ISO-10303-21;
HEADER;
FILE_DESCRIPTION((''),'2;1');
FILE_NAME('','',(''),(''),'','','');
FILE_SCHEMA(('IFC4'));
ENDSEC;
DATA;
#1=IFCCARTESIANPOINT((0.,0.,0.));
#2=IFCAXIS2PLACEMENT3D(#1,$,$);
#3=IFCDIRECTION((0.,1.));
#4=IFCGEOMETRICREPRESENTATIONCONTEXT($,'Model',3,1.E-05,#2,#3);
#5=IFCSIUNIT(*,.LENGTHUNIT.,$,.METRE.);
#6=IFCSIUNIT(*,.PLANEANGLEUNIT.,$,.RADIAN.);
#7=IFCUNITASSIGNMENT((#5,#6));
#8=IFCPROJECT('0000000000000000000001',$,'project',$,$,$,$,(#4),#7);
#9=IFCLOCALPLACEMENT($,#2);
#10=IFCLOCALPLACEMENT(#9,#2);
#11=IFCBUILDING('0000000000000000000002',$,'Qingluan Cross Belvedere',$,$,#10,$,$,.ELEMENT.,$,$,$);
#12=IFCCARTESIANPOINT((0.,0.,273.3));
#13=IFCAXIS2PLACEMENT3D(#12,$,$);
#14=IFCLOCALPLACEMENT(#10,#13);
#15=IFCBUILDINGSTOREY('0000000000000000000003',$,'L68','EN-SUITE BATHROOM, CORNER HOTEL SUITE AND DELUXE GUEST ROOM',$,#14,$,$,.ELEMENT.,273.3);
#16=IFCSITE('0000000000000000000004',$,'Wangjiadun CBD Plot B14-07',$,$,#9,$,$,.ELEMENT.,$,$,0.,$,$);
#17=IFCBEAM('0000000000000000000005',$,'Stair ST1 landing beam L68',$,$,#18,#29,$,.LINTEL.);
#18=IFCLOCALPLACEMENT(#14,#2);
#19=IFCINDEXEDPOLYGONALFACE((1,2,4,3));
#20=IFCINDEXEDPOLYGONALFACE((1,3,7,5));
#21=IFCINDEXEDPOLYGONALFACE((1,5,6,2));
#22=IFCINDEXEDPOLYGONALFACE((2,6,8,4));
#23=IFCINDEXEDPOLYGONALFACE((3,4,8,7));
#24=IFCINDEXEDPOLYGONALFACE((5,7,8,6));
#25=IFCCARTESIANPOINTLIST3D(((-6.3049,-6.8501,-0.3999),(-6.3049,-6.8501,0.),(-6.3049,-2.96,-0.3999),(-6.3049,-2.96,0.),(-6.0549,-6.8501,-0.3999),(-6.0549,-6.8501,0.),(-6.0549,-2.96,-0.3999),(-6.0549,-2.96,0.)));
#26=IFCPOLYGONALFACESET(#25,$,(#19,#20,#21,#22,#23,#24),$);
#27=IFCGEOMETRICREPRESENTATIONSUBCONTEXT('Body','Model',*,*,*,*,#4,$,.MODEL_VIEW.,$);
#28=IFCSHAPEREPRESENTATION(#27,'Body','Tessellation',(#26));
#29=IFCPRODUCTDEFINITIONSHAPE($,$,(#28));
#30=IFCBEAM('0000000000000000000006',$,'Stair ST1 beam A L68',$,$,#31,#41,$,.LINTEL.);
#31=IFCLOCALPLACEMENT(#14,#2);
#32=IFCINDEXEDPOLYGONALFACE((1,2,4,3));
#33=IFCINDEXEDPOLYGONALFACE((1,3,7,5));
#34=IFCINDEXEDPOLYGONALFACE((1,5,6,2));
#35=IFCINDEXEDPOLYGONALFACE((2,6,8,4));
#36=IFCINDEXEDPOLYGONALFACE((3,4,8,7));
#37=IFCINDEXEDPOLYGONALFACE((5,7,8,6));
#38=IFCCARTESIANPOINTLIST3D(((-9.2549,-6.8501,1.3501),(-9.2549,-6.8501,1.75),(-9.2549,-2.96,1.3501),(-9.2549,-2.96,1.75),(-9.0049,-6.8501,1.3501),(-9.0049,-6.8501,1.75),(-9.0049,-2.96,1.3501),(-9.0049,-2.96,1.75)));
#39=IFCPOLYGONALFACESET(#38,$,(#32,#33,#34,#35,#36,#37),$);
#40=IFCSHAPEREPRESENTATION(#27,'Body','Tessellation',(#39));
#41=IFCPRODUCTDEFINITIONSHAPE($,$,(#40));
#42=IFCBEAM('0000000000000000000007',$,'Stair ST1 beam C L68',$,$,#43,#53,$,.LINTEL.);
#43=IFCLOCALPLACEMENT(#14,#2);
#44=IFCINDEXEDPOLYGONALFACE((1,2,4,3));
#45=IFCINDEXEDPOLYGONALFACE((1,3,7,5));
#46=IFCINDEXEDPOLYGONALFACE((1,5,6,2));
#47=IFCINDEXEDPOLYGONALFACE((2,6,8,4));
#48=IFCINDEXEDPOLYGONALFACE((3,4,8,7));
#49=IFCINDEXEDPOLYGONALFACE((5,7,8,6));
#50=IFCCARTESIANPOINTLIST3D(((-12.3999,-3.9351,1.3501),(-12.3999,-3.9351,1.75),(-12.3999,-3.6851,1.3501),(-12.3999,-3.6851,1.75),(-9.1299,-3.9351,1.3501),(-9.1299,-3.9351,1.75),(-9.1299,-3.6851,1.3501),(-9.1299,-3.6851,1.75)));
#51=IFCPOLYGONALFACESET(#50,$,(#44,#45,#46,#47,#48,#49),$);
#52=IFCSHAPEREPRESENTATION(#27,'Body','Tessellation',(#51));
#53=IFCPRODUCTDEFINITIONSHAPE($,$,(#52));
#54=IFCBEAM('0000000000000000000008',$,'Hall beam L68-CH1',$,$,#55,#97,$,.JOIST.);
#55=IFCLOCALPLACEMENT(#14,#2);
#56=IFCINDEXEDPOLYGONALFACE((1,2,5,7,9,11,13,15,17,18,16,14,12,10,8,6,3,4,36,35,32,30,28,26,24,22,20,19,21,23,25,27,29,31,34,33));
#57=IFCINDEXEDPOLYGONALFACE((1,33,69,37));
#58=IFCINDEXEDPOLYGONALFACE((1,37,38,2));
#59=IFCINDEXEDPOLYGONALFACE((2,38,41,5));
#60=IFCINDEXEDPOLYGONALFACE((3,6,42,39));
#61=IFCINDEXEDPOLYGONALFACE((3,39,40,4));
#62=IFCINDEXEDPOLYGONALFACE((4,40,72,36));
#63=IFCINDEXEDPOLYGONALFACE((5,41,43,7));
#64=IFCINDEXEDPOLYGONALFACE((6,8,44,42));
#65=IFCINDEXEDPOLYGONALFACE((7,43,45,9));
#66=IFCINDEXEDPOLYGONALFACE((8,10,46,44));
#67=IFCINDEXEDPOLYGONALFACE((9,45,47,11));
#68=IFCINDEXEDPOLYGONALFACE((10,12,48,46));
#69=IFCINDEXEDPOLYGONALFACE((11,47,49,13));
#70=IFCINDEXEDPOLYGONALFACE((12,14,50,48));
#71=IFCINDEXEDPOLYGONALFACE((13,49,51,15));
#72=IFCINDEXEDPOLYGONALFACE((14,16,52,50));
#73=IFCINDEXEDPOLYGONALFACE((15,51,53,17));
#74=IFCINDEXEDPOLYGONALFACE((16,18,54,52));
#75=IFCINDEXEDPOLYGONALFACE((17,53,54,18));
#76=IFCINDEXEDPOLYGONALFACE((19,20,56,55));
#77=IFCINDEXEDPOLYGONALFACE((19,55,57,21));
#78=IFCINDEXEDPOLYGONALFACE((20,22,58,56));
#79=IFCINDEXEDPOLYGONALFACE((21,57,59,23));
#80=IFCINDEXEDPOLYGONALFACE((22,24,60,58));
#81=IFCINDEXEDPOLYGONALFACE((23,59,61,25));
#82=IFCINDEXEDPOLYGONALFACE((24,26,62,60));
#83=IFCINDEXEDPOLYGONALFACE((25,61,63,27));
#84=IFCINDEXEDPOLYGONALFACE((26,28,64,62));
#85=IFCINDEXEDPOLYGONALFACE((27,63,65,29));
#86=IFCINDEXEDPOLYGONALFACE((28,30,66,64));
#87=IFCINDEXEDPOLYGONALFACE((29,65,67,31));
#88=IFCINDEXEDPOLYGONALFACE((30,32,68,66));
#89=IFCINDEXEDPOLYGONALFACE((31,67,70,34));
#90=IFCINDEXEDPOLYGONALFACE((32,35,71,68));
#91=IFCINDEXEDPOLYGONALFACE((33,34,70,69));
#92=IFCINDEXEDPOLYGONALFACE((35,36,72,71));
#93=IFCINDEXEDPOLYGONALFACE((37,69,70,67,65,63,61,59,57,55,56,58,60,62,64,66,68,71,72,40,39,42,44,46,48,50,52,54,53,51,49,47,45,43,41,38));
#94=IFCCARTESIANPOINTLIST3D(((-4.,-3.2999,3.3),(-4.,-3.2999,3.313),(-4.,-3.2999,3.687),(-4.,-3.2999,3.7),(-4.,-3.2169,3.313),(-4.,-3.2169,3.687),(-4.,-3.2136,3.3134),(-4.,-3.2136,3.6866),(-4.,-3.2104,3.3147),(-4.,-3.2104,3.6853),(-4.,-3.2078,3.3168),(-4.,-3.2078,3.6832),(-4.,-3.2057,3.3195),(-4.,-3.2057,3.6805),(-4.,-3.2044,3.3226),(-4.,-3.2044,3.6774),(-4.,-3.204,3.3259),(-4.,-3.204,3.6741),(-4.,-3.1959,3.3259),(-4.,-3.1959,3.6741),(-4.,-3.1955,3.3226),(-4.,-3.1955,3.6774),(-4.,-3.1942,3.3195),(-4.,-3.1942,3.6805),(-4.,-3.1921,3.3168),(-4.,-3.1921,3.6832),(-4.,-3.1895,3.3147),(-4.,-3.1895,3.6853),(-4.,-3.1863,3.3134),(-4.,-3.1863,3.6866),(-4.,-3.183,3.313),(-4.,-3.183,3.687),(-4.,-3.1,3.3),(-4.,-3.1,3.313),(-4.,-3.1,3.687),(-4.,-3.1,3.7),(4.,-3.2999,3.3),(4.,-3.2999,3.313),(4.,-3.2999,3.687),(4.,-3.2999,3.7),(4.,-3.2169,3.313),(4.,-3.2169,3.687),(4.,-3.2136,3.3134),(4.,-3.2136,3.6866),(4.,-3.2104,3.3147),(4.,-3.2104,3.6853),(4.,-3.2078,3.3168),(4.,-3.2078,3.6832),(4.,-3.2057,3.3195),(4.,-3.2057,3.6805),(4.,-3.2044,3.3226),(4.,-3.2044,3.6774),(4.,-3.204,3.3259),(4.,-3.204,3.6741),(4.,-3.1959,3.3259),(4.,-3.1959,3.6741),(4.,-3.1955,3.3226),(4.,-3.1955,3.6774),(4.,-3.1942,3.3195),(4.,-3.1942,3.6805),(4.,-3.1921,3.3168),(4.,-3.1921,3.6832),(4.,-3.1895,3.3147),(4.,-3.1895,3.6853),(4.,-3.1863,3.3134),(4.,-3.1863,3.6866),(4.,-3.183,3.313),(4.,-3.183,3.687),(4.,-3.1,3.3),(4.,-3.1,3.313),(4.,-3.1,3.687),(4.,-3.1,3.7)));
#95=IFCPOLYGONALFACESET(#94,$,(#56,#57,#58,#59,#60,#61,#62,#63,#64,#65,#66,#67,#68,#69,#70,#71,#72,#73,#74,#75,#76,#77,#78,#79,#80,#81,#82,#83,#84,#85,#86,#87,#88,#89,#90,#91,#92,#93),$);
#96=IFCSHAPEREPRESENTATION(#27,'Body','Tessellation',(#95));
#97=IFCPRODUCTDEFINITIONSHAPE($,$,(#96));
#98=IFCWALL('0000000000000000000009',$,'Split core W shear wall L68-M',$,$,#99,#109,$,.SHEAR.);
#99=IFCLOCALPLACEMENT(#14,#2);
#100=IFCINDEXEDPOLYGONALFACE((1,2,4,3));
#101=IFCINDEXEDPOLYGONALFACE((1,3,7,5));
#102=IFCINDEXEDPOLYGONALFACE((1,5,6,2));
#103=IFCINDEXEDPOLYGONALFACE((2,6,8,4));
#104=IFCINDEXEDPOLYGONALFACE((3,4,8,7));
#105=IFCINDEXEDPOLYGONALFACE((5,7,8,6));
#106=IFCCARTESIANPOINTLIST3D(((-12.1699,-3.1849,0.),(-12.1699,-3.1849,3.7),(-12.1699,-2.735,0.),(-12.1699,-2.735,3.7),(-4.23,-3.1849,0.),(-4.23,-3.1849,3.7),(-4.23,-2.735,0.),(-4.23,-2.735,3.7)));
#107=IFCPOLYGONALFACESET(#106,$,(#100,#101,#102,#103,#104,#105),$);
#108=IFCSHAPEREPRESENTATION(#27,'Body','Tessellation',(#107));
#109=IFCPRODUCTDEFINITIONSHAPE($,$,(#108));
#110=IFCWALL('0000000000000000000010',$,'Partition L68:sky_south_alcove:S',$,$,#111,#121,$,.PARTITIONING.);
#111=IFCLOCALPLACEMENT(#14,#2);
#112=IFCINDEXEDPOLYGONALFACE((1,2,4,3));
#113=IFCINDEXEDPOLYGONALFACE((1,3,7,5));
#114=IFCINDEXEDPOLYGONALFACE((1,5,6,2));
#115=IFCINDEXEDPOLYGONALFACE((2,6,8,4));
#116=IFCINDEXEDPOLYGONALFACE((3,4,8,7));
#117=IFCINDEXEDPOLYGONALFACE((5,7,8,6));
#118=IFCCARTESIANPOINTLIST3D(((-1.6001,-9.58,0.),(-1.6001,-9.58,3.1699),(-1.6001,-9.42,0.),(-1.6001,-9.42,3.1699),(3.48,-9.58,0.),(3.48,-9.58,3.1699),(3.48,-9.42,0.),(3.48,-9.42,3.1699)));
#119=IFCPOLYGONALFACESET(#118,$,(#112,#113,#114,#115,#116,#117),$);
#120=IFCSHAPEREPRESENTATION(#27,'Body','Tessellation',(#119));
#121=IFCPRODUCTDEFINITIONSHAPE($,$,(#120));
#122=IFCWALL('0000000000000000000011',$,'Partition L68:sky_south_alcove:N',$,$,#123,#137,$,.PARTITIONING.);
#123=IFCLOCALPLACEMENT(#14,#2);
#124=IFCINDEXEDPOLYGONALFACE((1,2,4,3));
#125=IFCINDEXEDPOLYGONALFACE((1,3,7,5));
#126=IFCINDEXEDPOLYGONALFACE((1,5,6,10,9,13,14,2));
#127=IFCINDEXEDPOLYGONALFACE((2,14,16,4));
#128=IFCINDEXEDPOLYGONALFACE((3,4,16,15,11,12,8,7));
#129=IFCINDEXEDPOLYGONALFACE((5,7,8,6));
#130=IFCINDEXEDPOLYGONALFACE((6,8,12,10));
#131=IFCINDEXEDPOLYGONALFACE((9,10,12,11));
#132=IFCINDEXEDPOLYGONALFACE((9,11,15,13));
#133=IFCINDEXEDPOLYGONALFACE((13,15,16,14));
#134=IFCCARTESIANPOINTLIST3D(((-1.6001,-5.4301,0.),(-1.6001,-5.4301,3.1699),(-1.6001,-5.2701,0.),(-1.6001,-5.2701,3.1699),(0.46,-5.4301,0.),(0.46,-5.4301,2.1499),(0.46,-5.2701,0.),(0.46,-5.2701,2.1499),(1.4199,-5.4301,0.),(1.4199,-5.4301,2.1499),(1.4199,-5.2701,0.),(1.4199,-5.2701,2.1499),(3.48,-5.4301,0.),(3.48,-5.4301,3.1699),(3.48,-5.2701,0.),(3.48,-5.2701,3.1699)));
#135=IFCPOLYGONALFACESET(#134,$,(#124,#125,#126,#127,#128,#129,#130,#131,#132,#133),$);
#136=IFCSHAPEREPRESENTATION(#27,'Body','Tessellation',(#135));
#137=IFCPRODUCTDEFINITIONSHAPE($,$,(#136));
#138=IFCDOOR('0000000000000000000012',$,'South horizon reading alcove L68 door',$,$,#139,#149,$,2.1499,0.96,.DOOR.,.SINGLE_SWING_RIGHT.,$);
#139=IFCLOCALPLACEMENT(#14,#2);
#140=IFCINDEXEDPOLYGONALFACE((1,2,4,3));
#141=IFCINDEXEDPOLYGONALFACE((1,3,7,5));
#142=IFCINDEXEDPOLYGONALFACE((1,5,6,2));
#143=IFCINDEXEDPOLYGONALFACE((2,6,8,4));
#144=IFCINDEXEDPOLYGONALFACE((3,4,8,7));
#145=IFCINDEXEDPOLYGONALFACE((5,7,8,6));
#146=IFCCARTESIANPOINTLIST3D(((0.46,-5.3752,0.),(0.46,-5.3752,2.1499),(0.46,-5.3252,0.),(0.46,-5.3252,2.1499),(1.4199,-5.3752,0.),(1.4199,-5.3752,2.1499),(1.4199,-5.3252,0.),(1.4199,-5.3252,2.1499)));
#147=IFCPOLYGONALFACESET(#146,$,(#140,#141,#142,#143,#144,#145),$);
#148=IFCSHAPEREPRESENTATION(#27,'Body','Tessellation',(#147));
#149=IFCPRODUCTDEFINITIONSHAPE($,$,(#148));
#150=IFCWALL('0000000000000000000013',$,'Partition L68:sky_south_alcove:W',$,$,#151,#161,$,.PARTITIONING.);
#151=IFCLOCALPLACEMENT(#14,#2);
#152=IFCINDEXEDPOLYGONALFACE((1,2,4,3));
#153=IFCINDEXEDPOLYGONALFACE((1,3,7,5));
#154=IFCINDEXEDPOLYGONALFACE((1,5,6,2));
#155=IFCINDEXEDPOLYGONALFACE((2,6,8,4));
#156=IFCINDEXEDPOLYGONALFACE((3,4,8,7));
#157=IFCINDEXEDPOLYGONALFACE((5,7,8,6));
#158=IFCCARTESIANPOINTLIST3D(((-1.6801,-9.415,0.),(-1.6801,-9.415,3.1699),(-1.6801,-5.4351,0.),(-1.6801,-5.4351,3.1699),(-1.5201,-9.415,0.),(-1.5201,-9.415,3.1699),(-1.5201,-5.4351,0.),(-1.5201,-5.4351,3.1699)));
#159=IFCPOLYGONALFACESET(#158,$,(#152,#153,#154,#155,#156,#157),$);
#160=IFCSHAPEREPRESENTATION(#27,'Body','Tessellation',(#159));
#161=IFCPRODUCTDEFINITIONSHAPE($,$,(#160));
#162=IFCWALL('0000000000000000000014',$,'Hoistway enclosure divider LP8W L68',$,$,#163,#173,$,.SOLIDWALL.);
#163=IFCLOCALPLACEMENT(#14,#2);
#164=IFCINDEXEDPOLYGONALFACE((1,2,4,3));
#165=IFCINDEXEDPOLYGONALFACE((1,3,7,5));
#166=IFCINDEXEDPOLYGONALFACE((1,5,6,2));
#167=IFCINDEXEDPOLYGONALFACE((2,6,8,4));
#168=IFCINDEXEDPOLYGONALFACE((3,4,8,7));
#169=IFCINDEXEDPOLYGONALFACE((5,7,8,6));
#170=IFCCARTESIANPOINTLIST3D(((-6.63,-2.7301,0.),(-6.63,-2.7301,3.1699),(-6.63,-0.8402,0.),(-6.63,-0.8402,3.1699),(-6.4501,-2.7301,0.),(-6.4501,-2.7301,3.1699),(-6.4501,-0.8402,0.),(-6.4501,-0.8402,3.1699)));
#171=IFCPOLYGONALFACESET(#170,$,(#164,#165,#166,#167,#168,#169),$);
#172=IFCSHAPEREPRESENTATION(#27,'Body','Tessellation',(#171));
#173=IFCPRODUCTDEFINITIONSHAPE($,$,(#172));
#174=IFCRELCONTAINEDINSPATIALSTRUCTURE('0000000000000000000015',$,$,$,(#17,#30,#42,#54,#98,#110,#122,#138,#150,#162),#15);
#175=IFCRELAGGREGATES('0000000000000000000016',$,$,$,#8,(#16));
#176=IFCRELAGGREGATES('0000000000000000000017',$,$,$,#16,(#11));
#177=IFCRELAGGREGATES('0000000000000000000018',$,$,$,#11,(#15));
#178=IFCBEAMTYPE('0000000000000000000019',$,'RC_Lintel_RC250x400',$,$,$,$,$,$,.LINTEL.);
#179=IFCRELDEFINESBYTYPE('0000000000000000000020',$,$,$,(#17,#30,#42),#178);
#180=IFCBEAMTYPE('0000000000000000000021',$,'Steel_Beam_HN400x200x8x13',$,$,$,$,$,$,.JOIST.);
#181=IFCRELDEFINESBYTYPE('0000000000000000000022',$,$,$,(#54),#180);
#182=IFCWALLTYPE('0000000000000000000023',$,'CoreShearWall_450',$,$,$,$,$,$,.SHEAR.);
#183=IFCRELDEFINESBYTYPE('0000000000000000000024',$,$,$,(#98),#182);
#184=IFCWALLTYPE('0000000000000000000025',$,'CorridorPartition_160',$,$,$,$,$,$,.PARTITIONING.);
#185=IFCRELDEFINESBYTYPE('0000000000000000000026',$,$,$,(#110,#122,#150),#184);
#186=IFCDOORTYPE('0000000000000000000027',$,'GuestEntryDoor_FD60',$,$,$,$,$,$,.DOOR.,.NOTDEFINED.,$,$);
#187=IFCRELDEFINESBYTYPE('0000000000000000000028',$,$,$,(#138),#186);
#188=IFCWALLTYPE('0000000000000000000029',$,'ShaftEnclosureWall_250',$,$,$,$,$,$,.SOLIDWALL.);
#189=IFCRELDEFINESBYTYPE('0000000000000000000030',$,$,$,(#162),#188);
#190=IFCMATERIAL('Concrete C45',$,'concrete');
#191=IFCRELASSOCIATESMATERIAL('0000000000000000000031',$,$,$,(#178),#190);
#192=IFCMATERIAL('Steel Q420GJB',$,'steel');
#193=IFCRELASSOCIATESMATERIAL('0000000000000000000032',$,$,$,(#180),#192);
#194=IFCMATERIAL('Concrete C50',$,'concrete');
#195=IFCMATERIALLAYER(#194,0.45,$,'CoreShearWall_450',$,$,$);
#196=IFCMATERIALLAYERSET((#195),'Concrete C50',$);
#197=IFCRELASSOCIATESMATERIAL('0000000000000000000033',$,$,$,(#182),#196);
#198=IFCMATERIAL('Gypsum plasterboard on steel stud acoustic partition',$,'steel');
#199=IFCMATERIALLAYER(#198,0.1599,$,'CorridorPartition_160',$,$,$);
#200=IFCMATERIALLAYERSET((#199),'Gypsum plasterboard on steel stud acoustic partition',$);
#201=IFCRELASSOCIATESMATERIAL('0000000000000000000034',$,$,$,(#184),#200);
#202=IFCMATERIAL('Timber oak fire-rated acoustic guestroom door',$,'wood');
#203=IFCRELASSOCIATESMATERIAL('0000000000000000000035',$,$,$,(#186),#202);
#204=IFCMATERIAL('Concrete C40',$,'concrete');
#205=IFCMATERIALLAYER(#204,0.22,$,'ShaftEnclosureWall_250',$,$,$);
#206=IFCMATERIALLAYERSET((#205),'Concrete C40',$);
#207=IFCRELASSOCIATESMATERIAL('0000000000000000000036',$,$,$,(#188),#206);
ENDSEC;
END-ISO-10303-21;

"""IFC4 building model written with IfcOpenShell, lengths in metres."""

from ifc_helpers import new_model, si_unit, direction, frame, frame_2d, origin, origin_2d, place, context, subcontext, project, spatial, rectangle, i_section, extrude, material, layer, layer_set, material_profile, profile_set, type_object, element, fill, save


model = new_model("IFC4")

# Units and contexts
model_context = context("Model", 3, precision=1e-05, world=origin(), true_north=direction((0.0, 1.0)))
body_context = subcontext(model_context, "Body", "Model", "MODEL_VIEW")
ifc_project = project(units=[si_unit("LENGTHUNIT", "METRE"), si_unit("PLANEANGLEUNIT", "RADIAN")], contexts=[model_context])

# Site, building, storey
site_placement = place(None, origin())
site = spatial("IfcSite", under=ifc_project, at=site_placement, Name="Wangjiadun CBD Plot B14-07", CompositionType="ELEMENT", RefElevation=0.0)
building_placement = place(site_placement, origin())
building = spatial("IfcBuilding", under=site, at=building_placement, Name="Qingluan Cross Belvedere", CompositionType="ELEMENT")
storey_placement = place(building_placement, frame((0.0, 0.0, 273.3)))
storey = spatial("IfcBuildingStorey", under=building, at=storey_placement, Name="L68", Description="EN-SUITE BATHROOM, CORNER HOTEL SUITE AND DELUXE GUEST ROOM", CompositionType="ELEMENT", Elevation=273.3)

# Beams
ifc_material_1 = material(Name="Concrete C45", Category="concrete")
ifc_material_profile_1 = material_profile(ifc_material_1, rectangle(XDim=0.25, YDim=0.3999, at=origin_2d()), Name="RC250x400")
ifc_profile_set_1 = profile_set([ifc_material_profile_1], Name="Concrete C45")
beam_type_1 = type_object("IfcBeamType", Name="RC_Lintel_RC250x400", PredefinedType="LINTEL", material=ifc_profile_set_1)
for number, where, z_axis, x_axis, name in (
    (1, (-6.1799, -6.8501, -0.2), (0.0, 1.0, 0.0), (-1.0, 0.0, 0.0), "Stair ST1 landing beam L68"),
    (2, (-9.1299, -6.8501, 1.55), (0.0, 1.0, 0.0), (-1.0, 0.0, 0.0), "Stair ST1 beam A L68"),
):
    element("IfcBeam", number, at=place(storey_placement, frame(where, z_axis=z_axis, x_axis=x_axis)), inside=storey, type_object=beam_type_1, Name=name, PredefinedType="LINTEL", context=body_context, shape_type="SweptSolid", body=[
        extrude(rectangle(XDim=0.25, YDim=0.3999, at=origin_2d()), origin(), (0.0, 0.0, 1.0), 3.8901),
    ])
beam_1_placement = place(storey_placement, frame((-12.3999, -3.8101, 1.55), z_axis=(1.0, 0.0, 0.0), x_axis=(0.0, 1.0, 0.0)))
element("IfcBeam", 3, at=beam_1_placement, inside=storey, type_object=beam_type_1, Name="Stair ST1 beam C L68", PredefinedType="LINTEL", context=body_context, shape_type="SweptSolid", body=[
    extrude(rectangle(XDim=0.25, YDim=0.3999, at=origin_2d()), origin(), (0.0, 0.0, 1.0), 3.27),
])
ifc_material_2 = material(Name="Steel Q420GJB", Category="steel")
ifc_material_profile_2 = material_profile(ifc_material_2, i_section(OverallWidth=0.2, OverallDepth=0.3999, WebThickness=0.0081, FlangeThickness=0.0129, FilletRadius=0.0129, at=origin_2d()), Name="HN400x200x8x13")
ifc_profile_set_2 = profile_set([ifc_material_profile_2], Name="Steel Q420GJB")
beam_type_2 = type_object("IfcBeamType", Name="Steel_Beam_HN400x200x8x13", PredefinedType="JOIST", material=ifc_profile_set_2)
beam_2_placement = place(storey_placement, frame((-4.0, -3.2, 3.5), z_axis=(1.0, 0.0, 0.0), x_axis=(0.0, 1.0, 0.0)))
element("IfcBeam", 4, at=beam_2_placement, inside=storey, type_object=beam_type_2, Name="Hall beam L68-CH1", PredefinedType="JOIST", context=body_context, shape_type="SweptSolid", body=[
    extrude(i_section(OverallWidth=0.2, OverallDepth=0.3999, WebThickness=0.0081, FlangeThickness=0.0129, FilletRadius=0.0129, at=origin_2d()), origin(), (0.0, 0.0, 1.0), 8.0),
])

# Shared definitions
ifc_material_3 = material(Name="Concrete C50", Category="concrete")
ifc_layer_1 = layer(ifc_material_3, 0.45, Name="CoreShearWall_450")
ifc_layer_set_1 = layer_set([ifc_layer_1], Name="Concrete C50")
wall_type_1 = type_object("IfcWallType", Name="CoreShearWall_450", PredefinedType="SHEAR", material=ifc_layer_set_1)

# Wall
wall_1_placement = place(storey_placement, frame((-12.1699, -2.96, 0.0), z_axis=(0.0, 0.0, 1.0), x_axis=(1.0, 0.0, 0.0)))
element("IfcWall", 5, at=wall_1_placement, inside=storey, type_object=wall_type_1, Name="Split core W shear wall L68-M", PredefinedType="SHEAR", context=body_context, shape_type="SweptSolid", body=[
    extrude(rectangle(XDim=7.9399, YDim=0.45, at=frame_2d((3.97, 0.0))), origin(), (0.0, 0.0, 1.0), 3.7),
])

# Shared definitions
ifc_material_4 = material(Name="Gypsum plasterboard on steel stud acoustic partition", Category="steel")
ifc_layer_2 = layer(ifc_material_4, 0.1599, Name="CorridorPartition_160")
ifc_layer_set_2 = layer_set([ifc_layer_2], Name="Gypsum plasterboard on steel stud acoustic partition")
wall_type_2 = type_object("IfcWallType", Name="CorridorPartition_160", PredefinedType="PARTITIONING", material=ifc_layer_set_2)

# Wall
wall_2_placement = place(storey_placement, frame((-1.6001, -9.5, 0.0), z_axis=(0.0, 0.0, 1.0), x_axis=(1.0, 0.0, 0.0)))
element("IfcWall", 6, at=wall_2_placement, inside=storey, type_object=wall_type_2, Name="Partition L68:sky_south_alcove:S", PredefinedType="PARTITIONING", context=body_context, shape_type="SweptSolid", body=[
    extrude(rectangle(XDim=5.0801, YDim=0.1599, at=frame_2d((2.54, 0.0))), origin(), (0.0, 0.0, 1.0), 3.1699),
])

# Wall, opening, door
wall_3_placement = place(storey_placement, frame((-1.6001, -5.3501, 0.0), z_axis=(0.0, 0.0, 1.0), x_axis=(1.0, 0.0, 0.0)))
wall_3 = element("IfcWall", 7, at=wall_3_placement, inside=storey, type_object=wall_type_2, Name="Partition L68:sky_south_alcove:N", PredefinedType="PARTITIONING", context=body_context, shape_type="SweptSolid", body=[
    extrude(rectangle(XDim=5.0801, YDim=0.1599, at=frame_2d((2.54, 0.0))), origin(), (0.0, 0.0, 1.0), 3.1699),
])
opening_1_placement = place(wall_3_placement, frame((2.0601, 0.0, 0.0)))
opening_1 = element("IfcOpeningElement", 8, at=opening_1_placement, cuts=wall_3, PredefinedType="OPENING", context=body_context, shape_type="SweptSolid", body=[
    extrude(rectangle(XDim=0.96, YDim=2.1499, at=frame_2d((0.48, 1.075))), frame((0.0, 0.0898, 0.0), z_axis=(0.0, -1.0, 0.0), x_axis=(1.0, 0.0, 0.0)), (0.0, 0.0, 1.0), 0.1799),
])
ifc_material_5 = material(Name="Timber oak fire-rated acoustic guestroom door", Category="wood")
door_type_1 = type_object("IfcDoorType", Name="GuestEntryDoor_FD60", OperationType="NOTDEFINED", PredefinedType="DOOR", material=ifc_material_5)
door_1_placement = place(opening_1_placement, origin())
door_1 = element("IfcDoor", 9, at=door_1_placement, inside=storey, type_object=door_type_1, Name="South horizon reading alcove L68 door", OperationType="SINGLE_SWING_RIGHT", OverallHeight=2.1499, OverallWidth=0.96, PredefinedType="DOOR", context=body_context, shape_type="SweptSolid", body=[
    extrude(rectangle(XDim=0.96, YDim=2.1499, at=frame_2d((0.48, 1.075))), frame((0.0, 0.0249, 0.0), z_axis=(0.0, -1.0, 0.0), x_axis=(1.0, 0.0, 0.0)), (0.0, 0.0, 1.0), 0.05),
])
fill(opening_1, door_1)

# Wall
wall_4_placement = place(storey_placement, frame((-1.6001, -9.415, 0.0), z_axis=(0.0, 0.0, 1.0), x_axis=(0.0, 1.0, 0.0)))
element("IfcWall", 10, at=wall_4_placement, inside=storey, type_object=wall_type_2, Name="Partition L68:sky_south_alcove:W", PredefinedType="PARTITIONING", context=body_context, shape_type="SweptSolid", body=[
    extrude(rectangle(XDim=3.98, YDim=0.1599, at=frame_2d((1.99, 0.0))), origin(), (0.0, 0.0, 1.0), 3.1699),
])

# Wall
ifc_material_6 = material(Name="Concrete C40", Category="concrete")
ifc_layer_3 = layer(ifc_material_6, 0.22, Name="ShaftEnclosureWall_250")
ifc_layer_set_3 = layer_set([ifc_layer_3], Name="Concrete C40")
wall_type_3 = type_object("IfcWallType", Name="ShaftEnclosureWall_250", PredefinedType="SOLIDWALL", material=ifc_layer_set_3)
wall_5_placement = place(storey_placement, frame((-6.54, -2.73, 0.0), z_axis=(0.0, 0.0, 1.0), x_axis=(0.0, 1.0, 0.0)))
element("IfcWall", 11, at=wall_5_placement, inside=storey, type_object=wall_type_3, Name="Hoistway enclosure divider LP8W L68", PredefinedType="SOLIDWALL", context=body_context, shape_type="SweptSolid", body=[
    extrude(rectangle(XDim=1.8899, YDim=0.1799, at=frame_2d((0.9448, 0.0))), origin(), (0.0, 0.0, 1.0), 3.1699),
])

save(model, "model.ifc")
